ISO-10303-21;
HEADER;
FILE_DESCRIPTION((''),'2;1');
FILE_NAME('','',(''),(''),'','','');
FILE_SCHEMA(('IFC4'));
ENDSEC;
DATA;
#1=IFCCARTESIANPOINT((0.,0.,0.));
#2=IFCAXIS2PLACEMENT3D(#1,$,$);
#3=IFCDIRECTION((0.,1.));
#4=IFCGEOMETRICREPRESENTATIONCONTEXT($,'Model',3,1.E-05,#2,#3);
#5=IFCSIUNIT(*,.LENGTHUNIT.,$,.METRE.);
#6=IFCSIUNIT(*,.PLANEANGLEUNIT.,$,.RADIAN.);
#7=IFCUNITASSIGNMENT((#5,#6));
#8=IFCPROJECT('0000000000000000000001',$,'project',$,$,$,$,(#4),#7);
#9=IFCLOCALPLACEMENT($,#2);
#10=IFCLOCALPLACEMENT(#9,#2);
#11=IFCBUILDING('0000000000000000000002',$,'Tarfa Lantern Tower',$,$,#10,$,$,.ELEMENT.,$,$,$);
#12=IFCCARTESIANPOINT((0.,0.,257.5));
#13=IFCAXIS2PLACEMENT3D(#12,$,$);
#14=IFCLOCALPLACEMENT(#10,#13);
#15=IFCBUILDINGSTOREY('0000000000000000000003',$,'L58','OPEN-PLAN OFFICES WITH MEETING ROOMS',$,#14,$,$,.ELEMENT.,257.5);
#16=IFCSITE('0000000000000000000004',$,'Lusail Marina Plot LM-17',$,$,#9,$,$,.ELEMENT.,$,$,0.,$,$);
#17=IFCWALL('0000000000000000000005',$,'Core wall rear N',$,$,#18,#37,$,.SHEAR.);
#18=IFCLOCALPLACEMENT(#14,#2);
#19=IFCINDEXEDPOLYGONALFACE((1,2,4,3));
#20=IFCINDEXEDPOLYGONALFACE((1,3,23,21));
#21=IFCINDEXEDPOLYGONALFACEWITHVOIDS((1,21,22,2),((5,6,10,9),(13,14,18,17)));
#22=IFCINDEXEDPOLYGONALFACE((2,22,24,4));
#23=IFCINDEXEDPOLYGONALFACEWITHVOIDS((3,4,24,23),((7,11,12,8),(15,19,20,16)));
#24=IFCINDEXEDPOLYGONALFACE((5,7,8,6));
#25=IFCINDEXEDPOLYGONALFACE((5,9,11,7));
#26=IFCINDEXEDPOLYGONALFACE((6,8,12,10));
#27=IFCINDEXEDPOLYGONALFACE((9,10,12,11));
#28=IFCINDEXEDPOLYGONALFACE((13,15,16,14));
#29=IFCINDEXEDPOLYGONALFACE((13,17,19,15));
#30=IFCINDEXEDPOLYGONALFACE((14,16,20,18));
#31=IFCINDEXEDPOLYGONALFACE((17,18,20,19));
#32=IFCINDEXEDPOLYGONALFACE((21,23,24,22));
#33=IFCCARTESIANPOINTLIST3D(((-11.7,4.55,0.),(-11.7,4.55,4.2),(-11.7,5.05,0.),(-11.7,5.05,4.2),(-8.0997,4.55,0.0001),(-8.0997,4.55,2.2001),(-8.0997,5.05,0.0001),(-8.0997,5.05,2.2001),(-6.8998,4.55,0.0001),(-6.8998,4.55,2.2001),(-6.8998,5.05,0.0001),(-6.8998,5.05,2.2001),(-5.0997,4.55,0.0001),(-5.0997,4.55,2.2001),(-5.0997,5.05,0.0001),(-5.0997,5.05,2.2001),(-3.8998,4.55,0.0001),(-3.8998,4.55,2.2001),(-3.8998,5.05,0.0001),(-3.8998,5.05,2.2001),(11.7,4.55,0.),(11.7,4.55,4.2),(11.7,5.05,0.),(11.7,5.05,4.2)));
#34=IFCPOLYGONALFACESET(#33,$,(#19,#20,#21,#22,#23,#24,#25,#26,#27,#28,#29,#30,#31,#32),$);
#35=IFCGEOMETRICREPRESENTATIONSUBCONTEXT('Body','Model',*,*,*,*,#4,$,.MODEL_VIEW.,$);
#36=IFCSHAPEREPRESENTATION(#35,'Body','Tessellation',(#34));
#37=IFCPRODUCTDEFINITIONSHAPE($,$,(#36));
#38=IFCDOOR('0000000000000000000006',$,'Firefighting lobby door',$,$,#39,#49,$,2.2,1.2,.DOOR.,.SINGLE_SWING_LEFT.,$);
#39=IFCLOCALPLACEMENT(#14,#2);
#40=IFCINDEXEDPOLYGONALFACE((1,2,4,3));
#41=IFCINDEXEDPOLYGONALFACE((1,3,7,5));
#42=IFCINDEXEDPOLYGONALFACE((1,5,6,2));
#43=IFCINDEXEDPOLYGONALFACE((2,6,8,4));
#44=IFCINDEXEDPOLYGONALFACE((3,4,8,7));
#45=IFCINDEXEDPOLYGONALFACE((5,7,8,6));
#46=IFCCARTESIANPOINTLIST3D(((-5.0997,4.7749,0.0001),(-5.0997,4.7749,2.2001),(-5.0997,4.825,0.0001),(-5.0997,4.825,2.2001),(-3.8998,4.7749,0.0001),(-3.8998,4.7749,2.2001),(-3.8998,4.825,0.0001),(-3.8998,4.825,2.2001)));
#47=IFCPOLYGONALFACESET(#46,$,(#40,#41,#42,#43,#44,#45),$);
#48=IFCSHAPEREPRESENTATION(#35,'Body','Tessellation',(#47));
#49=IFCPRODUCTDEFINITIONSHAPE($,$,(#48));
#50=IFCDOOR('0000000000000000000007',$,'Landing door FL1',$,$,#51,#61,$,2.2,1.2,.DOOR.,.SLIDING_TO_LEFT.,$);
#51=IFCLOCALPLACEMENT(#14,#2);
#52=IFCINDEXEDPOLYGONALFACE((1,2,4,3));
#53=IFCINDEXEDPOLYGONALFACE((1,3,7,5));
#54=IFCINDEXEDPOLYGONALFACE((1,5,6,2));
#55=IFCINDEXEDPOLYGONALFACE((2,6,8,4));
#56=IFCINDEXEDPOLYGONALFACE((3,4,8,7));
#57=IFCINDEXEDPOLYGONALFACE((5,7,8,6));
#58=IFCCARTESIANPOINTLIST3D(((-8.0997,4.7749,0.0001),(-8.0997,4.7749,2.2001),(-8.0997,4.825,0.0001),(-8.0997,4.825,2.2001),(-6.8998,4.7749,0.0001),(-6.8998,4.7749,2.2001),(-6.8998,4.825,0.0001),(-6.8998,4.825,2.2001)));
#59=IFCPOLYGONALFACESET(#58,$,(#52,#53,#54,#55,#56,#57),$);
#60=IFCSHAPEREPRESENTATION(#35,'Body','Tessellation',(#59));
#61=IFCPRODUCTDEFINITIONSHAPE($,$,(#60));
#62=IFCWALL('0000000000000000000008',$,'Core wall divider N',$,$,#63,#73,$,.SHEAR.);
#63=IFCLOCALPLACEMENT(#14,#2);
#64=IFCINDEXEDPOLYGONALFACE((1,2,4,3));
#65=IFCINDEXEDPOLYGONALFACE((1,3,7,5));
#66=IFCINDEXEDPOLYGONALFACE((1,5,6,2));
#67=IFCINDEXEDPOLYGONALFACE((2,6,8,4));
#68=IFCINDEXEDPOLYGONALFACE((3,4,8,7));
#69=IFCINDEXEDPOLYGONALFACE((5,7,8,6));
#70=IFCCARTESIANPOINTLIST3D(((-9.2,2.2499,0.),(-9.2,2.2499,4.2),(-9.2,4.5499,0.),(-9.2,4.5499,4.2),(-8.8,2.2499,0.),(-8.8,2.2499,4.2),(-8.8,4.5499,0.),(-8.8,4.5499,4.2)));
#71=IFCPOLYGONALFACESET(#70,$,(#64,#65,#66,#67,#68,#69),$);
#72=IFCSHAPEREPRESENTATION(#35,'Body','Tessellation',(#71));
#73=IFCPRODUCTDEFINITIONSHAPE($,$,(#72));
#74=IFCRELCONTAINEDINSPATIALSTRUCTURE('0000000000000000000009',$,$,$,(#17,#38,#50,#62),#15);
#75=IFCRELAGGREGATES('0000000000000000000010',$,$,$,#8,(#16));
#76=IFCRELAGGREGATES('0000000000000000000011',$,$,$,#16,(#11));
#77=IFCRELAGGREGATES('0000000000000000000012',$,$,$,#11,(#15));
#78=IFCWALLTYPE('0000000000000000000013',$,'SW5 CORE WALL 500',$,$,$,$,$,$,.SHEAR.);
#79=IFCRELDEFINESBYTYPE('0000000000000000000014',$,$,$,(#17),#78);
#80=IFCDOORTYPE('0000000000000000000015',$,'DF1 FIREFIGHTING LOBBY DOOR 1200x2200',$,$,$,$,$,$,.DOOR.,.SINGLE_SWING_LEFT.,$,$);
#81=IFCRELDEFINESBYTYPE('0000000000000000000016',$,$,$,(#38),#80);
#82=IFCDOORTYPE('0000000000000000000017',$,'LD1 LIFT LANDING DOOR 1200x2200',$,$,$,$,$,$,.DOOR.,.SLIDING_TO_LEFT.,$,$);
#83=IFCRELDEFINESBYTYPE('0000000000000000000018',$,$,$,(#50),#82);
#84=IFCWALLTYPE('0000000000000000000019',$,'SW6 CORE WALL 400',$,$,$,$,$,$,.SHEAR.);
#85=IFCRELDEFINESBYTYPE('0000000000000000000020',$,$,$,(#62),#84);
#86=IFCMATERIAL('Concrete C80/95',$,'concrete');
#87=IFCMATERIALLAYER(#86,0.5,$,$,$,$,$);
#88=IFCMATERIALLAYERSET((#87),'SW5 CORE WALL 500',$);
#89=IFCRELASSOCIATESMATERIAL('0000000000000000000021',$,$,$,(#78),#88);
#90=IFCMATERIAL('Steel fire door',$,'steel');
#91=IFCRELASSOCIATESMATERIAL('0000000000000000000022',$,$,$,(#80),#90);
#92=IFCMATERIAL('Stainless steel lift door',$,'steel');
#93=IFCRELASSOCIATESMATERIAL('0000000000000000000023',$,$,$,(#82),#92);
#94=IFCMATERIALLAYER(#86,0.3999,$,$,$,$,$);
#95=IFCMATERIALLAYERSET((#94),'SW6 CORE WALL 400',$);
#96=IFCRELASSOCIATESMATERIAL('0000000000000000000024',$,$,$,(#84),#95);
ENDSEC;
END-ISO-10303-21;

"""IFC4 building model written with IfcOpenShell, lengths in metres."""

from ifc_helpers import new_model, si_unit, direction, frame, frame_2d, origin, place, context, subcontext, project, spatial, rectangle, extrude, material, layer, layer_set, type_object, element, fill, save


model = new_model("IFC4")

# Units and contexts
model_context = context("Model", 3, precision=1e-05, world=origin(), true_north=direction((0.0, 1.0)))
body_context = subcontext(model_context, "Body", "Model", "MODEL_VIEW")
ifc_project = project(units=[si_unit("LENGTHUNIT", "METRE"), si_unit("PLANEANGLEUNIT", "RADIAN")], contexts=[model_context])

# Site, building, storey
site_placement = place(None, origin())
site = spatial("IfcSite", under=ifc_project, at=site_placement, Name="Lusail Marina Plot LM-17", CompositionType="ELEMENT", RefElevation=0.0)
building_placement = place(site_placement, origin())
building = spatial("IfcBuilding", under=site, at=building_placement, Name="Tarfa Lantern Tower", CompositionType="ELEMENT")
storey_placement = place(building_placement, frame((0.0, 0.0, 257.5)))
storey = spatial("IfcBuildingStorey", under=building, at=storey_placement, Name="L58", Description="OPEN-PLAN OFFICES WITH MEETING ROOMS", CompositionType="ELEMENT", Elevation=257.5)

# Shared definitions
ifc_material_1 = material(Name="Concrete C80/95", Category="concrete")
ifc_material_2 = material(Name="Steel fire door", Category="steel")
ifc_layer_1 = layer(ifc_material_1, 0.5)
ifc_layer_set_1 = layer_set([ifc_layer_1], Name="SW5 CORE WALL 500")
wall_type_1 = type_object("IfcWallType", Name="SW5 CORE WALL 500", PredefinedType="SHEAR", material=ifc_layer_set_1)

# Wall, openings, doors
wall_1_placement = place(storey_placement, frame((-11.7, 4.8, 0.0), z_axis=(0.0, 0.0, 1.0), x_axis=(1.0, 0.0, 0.0)))
wall_1 = element("IfcWall", 1, at=wall_1_placement, inside=storey, type_object=wall_type_1, Name="Core wall rear N", PredefinedType="SHEAR", context=body_context, shape_type="SweptSolid", body=[
    extrude(rectangle(XDim=23.3999, YDim=0.5, at=frame_2d((11.7, 0.0))), origin(), (0.0, 0.0, 1.0), 4.2),
])
opening_1_placement = place(wall_1_placement, frame((6.6001, 0.0, 0.0)))
opening_1 = element("IfcOpeningElement", 2, at=opening_1_placement, cuts=wall_1, PredefinedType="OPENING", context=body_context, shape_type="SweptSolid", body=[
    extrude(rectangle(XDim=1.2, YDim=2.2, at=frame_2d((0.6001, 1.1001))), frame((0.0, 0.26, 0.0), z_axis=(0.0, -1.0, 0.0), x_axis=(1.0, 0.0, 0.0)), (0.0, 0.0, 1.0), 0.52),
])
opening_2_placement = place(wall_1_placement, frame((3.6001, 0.0, 0.0)))
opening_2 = element("IfcOpeningElement", 3, at=opening_2_placement, cuts=wall_1, PredefinedType="OPENING", context=body_context, shape_type="SweptSolid", body=[
    extrude(rectangle(XDim=1.2, YDim=2.2, at=frame_2d((0.6001, 1.1001))), frame((0.0, 0.26, 0.0), z_axis=(0.0, -1.0, 0.0), x_axis=(1.0, 0.0, 0.0)), (0.0, 0.0, 1.0), 0.52),
])
door_type_1 = type_object("IfcDoorType", Name="DF1 FIREFIGHTING LOBBY DOOR 1200x2200", OperationType="SINGLE_SWING_LEFT", PredefinedType="DOOR", material=ifc_material_2)
door_1_placement = place(opening_1_placement, origin())
door_1 = element("IfcDoor", 4, at=door_1_placement, inside=storey, type_object=door_type_1, Name="Firefighting lobby door", OperationType="SINGLE_SWING_LEFT", OverallHeight=2.2, OverallWidth=1.2, PredefinedType="DOOR", context=body_context, shape_type="SweptSolid", body=[
    extrude(rectangle(XDim=1.2, YDim=2.2, at=frame_2d((0.6001, 1.1001))), frame((0.0, 0.0249, 0.0), z_axis=(0.0, -1.0, 0.0), x_axis=(1.0, 0.0, 0.0)), (0.0, 0.0, 1.0), 0.05),
])
fill(opening_1, door_1)
ifc_material_3 = material(Name="Stainless steel lift door", Category="steel")
door_type_2 = type_object("IfcDoorType", Name="LD1 LIFT LANDING DOOR 1200x2200", OperationType="SLIDING_TO_LEFT", PredefinedType="DOOR", material=ifc_material_3)
door_2_placement = place(opening_2_placement, origin())
door_2 = element("IfcDoor", 5, at=door_2_placement, inside=storey, type_object=door_type_2, Name="Landing door FL1", OperationType="SLIDING_TO_LEFT", OverallHeight=2.2, OverallWidth=1.2, PredefinedType="DOOR", context=body_context, shape_type="SweptSolid", body=[
    extrude(rectangle(XDim=1.2, YDim=2.2, at=frame_2d((0.6001, 1.1001))), frame((0.0, 0.0249, 0.0), z_axis=(0.0, -1.0, 0.0), x_axis=(1.0, 0.0, 0.0)), (0.0, 0.0, 1.0), 0.05),
])
fill(opening_2, door_2)

# Wall
ifc_layer_2 = layer(ifc_material_1, 0.3999)
ifc_layer_set_2 = layer_set([ifc_layer_2], Name="SW6 CORE WALL 400")
wall_type_2 = type_object("IfcWallType", Name="SW6 CORE WALL 400", PredefinedType="SHEAR", material=ifc_layer_set_2)
wall_2_placement = place(storey_placement, frame((-9.0, 2.25, 0.0), z_axis=(0.0, 0.0, 1.0), x_axis=(0.0, 1.0, 0.0)))
element("IfcWall", 6, at=wall_2_placement, inside=storey, type_object=wall_type_2, Name="Core wall divider N", PredefinedType="SHEAR", context=body_context, shape_type="SweptSolid", body=[
    extrude(rectangle(XDim=2.3, YDim=0.3999, at=frame_2d((1.1499, 0.0))), origin(), (0.0, 0.0, 1.0), 4.2),
])

save(model, "model.ifc")
